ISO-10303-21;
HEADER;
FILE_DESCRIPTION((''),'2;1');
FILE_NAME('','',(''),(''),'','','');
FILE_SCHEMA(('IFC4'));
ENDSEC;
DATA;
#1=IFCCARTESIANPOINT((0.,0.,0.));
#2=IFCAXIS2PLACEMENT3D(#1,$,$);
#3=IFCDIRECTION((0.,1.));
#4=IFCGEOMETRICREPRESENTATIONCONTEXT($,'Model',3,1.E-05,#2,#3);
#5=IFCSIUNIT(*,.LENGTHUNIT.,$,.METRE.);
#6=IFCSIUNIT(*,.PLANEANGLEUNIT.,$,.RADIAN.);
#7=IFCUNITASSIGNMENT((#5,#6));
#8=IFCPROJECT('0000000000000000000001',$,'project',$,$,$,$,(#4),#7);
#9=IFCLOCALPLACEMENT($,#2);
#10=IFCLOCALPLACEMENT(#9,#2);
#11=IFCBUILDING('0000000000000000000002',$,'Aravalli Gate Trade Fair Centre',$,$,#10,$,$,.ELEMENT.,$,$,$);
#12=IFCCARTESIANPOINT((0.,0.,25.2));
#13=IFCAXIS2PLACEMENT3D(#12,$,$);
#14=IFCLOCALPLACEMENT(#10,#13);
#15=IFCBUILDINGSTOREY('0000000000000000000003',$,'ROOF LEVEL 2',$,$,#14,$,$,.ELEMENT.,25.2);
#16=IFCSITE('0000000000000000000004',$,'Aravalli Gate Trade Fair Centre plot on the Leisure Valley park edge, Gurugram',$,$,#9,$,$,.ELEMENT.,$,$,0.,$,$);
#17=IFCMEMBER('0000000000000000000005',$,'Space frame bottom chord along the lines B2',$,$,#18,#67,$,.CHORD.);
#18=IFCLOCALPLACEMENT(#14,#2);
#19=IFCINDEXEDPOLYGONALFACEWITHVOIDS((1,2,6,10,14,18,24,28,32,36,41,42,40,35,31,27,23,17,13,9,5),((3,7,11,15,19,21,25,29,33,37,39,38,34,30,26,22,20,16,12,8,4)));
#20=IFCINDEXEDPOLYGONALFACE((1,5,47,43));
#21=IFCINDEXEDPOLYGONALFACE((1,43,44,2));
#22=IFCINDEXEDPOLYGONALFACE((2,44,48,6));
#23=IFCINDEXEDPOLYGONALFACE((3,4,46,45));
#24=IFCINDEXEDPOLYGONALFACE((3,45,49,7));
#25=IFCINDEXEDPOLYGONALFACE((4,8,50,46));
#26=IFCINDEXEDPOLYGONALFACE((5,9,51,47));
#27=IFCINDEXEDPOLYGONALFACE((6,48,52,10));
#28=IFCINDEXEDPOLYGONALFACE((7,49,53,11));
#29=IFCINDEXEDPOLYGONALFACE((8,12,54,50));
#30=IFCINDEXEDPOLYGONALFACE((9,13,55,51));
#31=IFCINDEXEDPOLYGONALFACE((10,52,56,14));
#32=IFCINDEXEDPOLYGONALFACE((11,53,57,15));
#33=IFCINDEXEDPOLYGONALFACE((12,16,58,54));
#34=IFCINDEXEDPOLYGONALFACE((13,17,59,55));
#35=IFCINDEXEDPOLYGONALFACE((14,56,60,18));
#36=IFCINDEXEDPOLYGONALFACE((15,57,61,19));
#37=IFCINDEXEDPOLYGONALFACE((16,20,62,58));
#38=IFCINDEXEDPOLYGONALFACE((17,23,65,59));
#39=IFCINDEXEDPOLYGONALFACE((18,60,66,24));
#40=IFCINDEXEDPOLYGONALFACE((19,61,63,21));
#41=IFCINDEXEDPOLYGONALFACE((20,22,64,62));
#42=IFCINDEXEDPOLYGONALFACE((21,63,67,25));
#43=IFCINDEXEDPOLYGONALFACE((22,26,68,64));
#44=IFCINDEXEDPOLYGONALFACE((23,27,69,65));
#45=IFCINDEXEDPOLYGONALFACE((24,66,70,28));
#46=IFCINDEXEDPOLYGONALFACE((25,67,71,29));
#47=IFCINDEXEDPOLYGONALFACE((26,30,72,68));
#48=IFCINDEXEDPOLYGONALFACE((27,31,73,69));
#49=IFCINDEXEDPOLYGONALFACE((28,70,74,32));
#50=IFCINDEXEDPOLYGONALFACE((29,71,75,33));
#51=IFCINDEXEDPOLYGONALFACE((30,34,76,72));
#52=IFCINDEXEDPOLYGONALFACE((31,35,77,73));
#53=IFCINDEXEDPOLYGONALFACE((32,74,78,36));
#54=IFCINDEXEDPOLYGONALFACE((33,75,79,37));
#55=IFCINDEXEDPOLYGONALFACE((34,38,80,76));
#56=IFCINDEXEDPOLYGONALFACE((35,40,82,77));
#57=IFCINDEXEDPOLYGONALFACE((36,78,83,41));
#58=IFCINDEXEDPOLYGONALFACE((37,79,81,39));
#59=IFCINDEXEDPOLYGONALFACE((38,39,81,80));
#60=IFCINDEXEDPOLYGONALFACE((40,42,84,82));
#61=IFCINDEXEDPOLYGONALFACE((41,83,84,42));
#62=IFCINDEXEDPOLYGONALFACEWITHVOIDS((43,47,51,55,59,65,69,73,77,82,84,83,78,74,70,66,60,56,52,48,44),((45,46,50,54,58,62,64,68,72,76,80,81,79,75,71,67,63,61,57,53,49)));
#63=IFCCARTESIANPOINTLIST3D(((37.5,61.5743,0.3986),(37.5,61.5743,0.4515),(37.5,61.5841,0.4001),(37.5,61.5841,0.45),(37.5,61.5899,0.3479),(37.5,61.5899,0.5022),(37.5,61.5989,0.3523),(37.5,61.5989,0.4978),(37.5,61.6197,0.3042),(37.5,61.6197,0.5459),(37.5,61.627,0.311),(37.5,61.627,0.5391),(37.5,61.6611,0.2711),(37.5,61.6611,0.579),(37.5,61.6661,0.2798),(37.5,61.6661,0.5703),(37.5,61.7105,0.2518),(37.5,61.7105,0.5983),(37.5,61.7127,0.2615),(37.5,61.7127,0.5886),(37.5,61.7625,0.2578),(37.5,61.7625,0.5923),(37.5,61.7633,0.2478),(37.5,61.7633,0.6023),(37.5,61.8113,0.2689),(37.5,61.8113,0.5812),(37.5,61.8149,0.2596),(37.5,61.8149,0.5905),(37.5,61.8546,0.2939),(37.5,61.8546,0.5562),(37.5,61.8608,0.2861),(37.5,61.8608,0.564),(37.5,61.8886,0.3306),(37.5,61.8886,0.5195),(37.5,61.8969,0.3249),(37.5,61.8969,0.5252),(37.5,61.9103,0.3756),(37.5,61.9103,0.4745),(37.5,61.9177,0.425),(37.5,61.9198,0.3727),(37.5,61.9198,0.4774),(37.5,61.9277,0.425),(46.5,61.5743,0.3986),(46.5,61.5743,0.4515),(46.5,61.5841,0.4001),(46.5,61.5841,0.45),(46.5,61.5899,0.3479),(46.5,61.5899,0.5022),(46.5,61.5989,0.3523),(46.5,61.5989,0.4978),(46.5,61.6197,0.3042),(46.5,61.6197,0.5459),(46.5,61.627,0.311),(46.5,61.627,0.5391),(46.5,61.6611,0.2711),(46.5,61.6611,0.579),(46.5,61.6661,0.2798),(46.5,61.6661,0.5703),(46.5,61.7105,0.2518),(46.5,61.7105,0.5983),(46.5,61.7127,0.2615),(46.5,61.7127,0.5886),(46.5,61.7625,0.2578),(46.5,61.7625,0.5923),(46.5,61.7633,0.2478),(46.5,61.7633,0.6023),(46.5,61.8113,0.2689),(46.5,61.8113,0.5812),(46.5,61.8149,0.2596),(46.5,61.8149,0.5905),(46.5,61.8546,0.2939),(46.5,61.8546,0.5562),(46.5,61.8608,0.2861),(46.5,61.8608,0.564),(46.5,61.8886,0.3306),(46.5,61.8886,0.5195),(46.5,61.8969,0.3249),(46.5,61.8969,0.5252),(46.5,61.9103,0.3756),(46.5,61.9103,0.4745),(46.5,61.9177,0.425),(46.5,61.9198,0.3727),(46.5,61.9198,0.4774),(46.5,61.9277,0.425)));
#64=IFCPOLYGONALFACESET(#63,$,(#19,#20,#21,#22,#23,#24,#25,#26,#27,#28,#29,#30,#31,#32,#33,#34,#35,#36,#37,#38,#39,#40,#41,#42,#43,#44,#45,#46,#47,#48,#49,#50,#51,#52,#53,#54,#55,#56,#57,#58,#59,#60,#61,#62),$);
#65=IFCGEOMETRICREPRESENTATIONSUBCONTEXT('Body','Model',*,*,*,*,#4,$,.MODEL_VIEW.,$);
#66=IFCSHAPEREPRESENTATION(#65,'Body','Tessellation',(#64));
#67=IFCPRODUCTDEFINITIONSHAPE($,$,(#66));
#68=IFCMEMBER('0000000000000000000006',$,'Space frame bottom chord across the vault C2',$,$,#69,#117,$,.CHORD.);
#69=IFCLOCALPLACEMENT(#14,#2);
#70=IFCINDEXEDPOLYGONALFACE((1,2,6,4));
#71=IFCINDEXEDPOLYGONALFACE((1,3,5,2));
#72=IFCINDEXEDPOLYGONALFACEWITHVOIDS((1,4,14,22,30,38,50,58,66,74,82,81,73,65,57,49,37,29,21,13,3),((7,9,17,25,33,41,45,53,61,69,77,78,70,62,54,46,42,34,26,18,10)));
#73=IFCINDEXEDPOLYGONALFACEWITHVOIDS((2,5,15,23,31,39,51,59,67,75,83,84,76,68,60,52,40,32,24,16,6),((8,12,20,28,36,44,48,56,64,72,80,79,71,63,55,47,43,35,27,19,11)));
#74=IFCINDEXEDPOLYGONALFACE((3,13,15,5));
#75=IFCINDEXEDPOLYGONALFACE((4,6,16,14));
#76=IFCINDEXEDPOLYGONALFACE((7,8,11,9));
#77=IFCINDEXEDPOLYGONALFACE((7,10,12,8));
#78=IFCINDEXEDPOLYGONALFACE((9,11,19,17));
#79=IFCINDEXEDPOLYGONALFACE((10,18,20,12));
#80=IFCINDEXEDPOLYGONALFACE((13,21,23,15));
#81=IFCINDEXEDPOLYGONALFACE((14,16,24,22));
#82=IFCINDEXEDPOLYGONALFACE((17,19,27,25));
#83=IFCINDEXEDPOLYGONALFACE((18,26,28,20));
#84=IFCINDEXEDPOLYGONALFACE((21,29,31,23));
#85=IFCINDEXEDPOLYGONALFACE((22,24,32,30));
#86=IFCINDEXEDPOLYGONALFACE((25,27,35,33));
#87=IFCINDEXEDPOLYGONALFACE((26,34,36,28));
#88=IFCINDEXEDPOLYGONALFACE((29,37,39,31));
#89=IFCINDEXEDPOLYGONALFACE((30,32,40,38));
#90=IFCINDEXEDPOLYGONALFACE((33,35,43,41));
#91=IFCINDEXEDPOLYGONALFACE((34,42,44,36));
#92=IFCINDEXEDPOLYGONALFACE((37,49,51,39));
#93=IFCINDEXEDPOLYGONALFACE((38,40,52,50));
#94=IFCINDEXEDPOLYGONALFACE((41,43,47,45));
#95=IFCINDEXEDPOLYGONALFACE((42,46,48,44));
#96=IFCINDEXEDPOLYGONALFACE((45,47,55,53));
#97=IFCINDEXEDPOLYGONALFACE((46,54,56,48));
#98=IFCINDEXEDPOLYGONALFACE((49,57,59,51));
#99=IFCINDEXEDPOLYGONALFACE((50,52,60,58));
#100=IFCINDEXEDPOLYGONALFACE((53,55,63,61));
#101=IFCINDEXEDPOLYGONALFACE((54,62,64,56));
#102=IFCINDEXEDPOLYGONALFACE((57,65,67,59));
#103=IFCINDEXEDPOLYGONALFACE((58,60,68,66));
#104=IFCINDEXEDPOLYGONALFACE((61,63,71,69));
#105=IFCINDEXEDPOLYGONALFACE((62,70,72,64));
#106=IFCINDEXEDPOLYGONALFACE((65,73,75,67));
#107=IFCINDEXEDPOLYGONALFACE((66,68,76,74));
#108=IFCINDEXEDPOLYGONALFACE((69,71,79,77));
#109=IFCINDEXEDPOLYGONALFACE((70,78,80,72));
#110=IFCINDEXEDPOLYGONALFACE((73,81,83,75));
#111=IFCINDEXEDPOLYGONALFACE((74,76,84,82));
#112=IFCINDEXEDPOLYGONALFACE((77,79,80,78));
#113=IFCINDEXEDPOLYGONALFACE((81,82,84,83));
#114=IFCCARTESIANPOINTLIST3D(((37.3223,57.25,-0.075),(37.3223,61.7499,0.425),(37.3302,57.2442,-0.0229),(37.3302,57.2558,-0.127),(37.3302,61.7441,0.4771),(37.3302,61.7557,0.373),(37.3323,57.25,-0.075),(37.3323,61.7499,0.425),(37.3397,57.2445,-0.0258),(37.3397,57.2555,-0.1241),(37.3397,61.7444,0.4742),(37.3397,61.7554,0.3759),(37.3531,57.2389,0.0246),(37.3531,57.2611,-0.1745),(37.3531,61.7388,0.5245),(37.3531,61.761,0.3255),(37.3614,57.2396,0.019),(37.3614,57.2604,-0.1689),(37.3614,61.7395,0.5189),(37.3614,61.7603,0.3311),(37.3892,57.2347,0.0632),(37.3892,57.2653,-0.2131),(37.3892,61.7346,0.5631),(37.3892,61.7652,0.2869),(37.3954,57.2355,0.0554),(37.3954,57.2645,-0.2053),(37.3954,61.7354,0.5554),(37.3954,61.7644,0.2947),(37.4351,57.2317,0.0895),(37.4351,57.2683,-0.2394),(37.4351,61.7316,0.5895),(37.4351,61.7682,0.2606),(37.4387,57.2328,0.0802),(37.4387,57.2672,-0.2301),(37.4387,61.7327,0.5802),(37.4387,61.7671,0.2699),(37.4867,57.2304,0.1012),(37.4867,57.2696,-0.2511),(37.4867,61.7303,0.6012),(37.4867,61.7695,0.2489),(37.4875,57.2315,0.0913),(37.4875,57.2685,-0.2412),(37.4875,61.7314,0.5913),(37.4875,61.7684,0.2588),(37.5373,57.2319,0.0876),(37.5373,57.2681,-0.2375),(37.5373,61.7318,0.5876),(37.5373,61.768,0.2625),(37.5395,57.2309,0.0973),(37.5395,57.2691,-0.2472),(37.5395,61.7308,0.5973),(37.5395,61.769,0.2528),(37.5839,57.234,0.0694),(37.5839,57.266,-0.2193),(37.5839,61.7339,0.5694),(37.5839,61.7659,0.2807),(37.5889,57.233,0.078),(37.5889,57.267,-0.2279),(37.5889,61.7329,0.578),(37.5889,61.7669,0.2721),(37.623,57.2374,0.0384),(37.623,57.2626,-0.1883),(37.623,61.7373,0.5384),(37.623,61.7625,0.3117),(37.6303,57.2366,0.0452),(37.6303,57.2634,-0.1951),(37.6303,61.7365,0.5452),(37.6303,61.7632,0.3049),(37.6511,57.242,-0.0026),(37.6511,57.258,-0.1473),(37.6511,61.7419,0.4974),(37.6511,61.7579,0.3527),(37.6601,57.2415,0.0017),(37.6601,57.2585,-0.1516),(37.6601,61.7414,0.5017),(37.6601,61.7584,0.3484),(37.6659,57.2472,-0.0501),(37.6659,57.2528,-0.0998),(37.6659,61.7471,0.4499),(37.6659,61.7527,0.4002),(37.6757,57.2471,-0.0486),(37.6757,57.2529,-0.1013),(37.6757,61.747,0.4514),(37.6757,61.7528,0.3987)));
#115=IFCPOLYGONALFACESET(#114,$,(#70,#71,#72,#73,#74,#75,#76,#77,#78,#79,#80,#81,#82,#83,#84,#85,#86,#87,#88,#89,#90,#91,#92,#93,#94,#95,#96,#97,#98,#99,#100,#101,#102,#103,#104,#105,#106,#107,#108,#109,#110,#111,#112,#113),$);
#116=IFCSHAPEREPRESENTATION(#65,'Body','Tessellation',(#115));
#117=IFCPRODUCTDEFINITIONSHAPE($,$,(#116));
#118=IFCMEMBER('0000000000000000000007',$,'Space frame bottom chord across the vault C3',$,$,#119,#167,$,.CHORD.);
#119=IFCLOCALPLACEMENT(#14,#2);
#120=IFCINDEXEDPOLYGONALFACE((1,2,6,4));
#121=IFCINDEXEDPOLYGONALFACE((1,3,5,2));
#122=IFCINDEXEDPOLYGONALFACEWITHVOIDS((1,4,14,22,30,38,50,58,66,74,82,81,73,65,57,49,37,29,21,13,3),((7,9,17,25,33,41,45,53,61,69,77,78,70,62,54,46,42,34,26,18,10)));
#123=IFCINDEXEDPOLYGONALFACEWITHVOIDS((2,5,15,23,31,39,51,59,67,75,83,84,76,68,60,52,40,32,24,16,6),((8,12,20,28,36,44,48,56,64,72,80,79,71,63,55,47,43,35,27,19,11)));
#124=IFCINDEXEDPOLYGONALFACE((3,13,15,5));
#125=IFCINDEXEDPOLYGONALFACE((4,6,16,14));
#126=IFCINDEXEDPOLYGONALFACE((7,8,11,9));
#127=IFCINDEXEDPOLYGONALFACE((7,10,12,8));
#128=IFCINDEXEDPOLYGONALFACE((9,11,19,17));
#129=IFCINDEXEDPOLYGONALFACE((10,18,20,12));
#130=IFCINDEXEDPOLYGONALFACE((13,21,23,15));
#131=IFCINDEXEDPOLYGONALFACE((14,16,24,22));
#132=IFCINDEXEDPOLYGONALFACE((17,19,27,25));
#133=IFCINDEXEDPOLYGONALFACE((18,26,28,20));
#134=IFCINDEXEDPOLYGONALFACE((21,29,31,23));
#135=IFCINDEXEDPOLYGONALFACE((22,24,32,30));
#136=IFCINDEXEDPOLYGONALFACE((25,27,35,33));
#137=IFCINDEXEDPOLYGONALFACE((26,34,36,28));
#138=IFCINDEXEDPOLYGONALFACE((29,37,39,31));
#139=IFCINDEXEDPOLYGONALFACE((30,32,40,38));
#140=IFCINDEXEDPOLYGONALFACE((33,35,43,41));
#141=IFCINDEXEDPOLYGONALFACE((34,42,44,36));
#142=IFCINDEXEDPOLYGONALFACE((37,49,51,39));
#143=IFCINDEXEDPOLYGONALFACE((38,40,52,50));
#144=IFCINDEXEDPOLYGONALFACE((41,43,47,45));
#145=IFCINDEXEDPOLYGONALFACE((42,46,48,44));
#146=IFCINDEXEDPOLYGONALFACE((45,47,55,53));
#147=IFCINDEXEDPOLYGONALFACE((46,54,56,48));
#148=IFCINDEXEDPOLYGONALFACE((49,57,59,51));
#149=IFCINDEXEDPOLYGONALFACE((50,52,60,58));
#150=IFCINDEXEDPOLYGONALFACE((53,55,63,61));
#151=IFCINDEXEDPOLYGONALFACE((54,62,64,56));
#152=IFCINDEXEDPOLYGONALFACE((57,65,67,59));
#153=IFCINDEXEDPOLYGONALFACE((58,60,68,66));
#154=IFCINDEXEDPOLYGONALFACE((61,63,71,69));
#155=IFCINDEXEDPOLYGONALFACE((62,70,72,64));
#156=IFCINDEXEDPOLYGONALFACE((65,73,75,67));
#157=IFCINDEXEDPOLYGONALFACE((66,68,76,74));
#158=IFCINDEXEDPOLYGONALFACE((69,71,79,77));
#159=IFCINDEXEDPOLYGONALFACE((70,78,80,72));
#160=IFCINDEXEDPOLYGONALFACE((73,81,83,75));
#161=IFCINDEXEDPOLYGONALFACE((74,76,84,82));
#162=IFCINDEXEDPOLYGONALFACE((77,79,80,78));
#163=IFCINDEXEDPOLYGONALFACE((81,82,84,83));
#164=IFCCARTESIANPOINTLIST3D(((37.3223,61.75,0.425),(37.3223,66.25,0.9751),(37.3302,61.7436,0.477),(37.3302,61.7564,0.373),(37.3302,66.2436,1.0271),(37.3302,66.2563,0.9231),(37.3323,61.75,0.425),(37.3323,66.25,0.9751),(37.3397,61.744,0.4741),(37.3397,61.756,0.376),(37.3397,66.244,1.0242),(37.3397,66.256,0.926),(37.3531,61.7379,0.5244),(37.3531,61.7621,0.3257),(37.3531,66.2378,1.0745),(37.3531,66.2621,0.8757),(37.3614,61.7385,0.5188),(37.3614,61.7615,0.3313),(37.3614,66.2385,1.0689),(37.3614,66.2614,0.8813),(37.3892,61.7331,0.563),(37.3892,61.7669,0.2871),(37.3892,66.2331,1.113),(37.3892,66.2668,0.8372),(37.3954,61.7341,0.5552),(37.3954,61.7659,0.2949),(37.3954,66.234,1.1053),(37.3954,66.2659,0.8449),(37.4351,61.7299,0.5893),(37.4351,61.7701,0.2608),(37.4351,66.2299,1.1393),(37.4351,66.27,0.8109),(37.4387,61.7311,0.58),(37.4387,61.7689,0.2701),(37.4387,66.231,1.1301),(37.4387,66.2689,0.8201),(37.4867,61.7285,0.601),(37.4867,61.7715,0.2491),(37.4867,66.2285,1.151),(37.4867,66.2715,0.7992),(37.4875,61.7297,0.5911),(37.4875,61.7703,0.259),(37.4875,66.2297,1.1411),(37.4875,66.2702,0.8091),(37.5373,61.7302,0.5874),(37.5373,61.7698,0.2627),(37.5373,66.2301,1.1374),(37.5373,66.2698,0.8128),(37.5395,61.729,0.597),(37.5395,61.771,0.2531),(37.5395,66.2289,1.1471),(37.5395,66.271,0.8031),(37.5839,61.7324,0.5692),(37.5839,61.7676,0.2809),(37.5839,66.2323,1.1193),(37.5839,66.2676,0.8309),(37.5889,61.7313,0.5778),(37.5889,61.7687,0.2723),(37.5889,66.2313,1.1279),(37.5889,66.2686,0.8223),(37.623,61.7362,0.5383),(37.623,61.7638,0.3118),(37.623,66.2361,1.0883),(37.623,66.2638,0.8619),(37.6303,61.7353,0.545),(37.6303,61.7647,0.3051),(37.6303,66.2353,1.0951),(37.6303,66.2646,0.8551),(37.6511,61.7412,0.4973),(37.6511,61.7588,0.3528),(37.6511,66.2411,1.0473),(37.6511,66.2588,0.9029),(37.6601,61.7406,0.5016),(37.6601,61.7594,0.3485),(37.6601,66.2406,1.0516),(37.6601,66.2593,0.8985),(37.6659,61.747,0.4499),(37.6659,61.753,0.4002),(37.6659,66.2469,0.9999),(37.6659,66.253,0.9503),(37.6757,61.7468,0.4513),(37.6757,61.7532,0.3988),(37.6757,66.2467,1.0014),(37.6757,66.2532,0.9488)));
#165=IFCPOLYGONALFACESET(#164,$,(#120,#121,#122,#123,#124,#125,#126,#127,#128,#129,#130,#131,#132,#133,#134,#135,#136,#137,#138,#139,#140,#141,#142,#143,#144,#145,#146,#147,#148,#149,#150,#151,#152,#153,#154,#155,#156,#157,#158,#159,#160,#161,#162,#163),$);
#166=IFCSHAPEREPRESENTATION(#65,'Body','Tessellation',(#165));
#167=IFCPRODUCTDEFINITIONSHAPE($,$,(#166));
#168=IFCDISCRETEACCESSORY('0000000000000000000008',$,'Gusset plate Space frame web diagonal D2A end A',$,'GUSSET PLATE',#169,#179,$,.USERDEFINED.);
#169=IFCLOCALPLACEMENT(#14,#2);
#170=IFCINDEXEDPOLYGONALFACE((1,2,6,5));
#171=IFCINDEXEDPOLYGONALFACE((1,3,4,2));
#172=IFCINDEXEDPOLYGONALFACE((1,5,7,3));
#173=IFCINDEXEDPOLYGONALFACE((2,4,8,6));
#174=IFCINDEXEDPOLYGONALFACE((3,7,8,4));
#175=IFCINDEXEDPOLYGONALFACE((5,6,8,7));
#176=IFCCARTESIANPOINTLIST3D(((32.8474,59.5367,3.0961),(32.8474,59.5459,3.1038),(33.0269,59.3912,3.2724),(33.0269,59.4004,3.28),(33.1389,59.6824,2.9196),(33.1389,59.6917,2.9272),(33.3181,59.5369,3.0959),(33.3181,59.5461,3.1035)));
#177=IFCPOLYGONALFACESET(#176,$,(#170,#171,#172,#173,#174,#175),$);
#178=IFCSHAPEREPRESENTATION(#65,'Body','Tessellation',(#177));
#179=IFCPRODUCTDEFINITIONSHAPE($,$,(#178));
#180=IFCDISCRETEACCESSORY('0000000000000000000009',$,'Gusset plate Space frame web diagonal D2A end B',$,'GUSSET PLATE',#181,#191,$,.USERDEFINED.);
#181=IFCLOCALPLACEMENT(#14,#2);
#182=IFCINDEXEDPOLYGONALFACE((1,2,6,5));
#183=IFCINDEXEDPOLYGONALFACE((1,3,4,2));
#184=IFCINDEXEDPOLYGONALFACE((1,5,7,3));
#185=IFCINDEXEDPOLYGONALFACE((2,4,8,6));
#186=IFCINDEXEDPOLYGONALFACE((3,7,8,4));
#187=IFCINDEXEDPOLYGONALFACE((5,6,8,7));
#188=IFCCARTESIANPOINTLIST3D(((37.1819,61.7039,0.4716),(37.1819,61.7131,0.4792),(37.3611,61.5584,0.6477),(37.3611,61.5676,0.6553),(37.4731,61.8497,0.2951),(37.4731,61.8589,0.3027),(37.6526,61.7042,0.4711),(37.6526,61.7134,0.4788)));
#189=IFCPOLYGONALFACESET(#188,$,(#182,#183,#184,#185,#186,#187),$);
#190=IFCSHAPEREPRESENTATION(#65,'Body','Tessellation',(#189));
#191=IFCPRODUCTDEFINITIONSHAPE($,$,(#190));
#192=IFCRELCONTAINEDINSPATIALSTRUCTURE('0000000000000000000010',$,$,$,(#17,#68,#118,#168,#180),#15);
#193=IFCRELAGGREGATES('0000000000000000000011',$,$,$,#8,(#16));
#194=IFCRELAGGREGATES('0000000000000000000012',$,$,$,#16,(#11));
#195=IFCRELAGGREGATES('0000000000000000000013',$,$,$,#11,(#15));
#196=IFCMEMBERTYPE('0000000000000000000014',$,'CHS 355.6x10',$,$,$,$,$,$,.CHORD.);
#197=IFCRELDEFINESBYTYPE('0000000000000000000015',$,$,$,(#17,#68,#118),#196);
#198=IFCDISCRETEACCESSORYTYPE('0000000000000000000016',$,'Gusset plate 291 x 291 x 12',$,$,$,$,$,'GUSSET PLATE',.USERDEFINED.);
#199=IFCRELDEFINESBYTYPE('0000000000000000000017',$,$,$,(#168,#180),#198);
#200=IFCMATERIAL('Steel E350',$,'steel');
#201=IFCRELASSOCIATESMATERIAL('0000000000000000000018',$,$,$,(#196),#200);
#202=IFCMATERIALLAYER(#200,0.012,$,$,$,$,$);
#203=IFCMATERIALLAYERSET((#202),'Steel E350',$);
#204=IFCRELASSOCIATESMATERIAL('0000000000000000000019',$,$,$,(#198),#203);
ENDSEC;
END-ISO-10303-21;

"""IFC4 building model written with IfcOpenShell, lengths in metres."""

from ifc_helpers import new_model, si_unit, direction, frame, origin, origin_2d, place, context, subcontext, project, spatial, polyline, hollow_circle, outline, extrude, material, layer, layer_set, material_profile, profile_set, type_object, element, save


model = new_model("IFC4")

# Units and contexts
model_context = context("Model", 3, precision=1e-05, world=origin(), true_north=direction((0.0, 1.0)))
body_context = subcontext(model_context, "Body", "Model", "MODEL_VIEW")
ifc_project = project(units=[si_unit("LENGTHUNIT", "METRE"), si_unit("PLANEANGLEUNIT", "RADIAN")], contexts=[model_context])

# Site, building, storey
site_placement = place(None, origin())
site = spatial("IfcSite", under=ifc_project, at=site_placement, Name="Aravalli Gate Trade Fair Centre plot on the Leisure Valley park edge, Gurugram", CompositionType="ELEMENT", RefElevation=0.0)
building_placement = place(site_placement, origin())
building = spatial("IfcBuilding", under=site, at=building_placement, Name="Aravalli Gate Trade Fair Centre", CompositionType="ELEMENT")
storey_placement = place(building_placement, frame((0.0, 0.0, 25.2)))
storey = spatial("IfcBuildingStorey", under=building, at=storey_placement, Name="ROOF LEVEL 2", CompositionType="ELEMENT", Elevation=25.2)

# Members
ifc_material = material(Name="Steel E350", Category="steel")
ifc_material_profile_1 = material_profile(ifc_material, hollow_circle(Radius=0.1777, WallThickness=0.01, at=origin_2d()), Name="CHS 355.6x10")
ifc_profile_set_1 = profile_set([ifc_material_profile_1], Name="Steel E350")
member_type_1 = type_object("IfcMemberType", Name="CHS 355.6x10", PredefinedType="CHORD", material=ifc_profile_set_1)
for number, where, z_axis, x_axis, name in (
    (1, (37.5, 61.75, 0.425), (1.0, 0.0, 0.0), (0.0, 1.0, 0.0), "Space frame bottom chord along the lines B2"),
):
    element("IfcMember", number, at=place(storey_placement, frame(where, z_axis=z_axis, x_axis=x_axis)), inside=storey, type_object=member_type_1, Name=name, PredefinedType="CHORD", context=body_context, shape_type="SweptSolid", body=[
        extrude(hollow_circle(Radius=0.1777, WallThickness=0.01, at=origin_2d()), origin(), (0.0, 0.0, 1.0), 9.0),
    ])
member_1_placement = place(storey_placement, frame((37.5, 57.25, -0.075), z_axis=(0.0, 0.993884, 0.110432), x_axis=(-1.0, 0.0, 0.0)))
element("IfcMember", 2, at=member_1_placement, inside=storey, type_object=member_type_1, Name="Space frame bottom chord across the vault C2", PredefinedType="CHORD", context=body_context, shape_type="SweptSolid", body=[
    extrude(hollow_circle(Radius=0.1777, WallThickness=0.01, at=origin_2d()), origin(), (0.0, 0.0, 1.0), 4.5276),
])
member_2_placement = place(storey_placement, frame((37.5, 61.75, 0.425), z_axis=(0.0, 0.992612, 0.12133), x_axis=(-1.0, 0.0, 0.0)))
element("IfcMember", 3, at=member_2_placement, inside=storey, type_object=member_type_1, Name="Space frame bottom chord across the vault C3", PredefinedType="CHORD", context=body_context, shape_type="SweptSolid", body=[
    extrude(hollow_circle(Radius=0.1777, WallThickness=0.01, at=origin_2d()), origin(), (0.0, 0.0, 1.0), 4.5334),
])

# Discrete accessories
ifc_layer_1 = layer(ifc_material, 0.012)
ifc_layer_set_1 = layer_set([ifc_layer_1], Name="Steel E350")
discrete_accessory_type_1 = type_object("IfcDiscreteAccessoryType", Name="Gusset plate 291 x 291 x 12", ElementType="GUSSET PLATE", PredefinedType="USERDEFINED", material=ifc_layer_set_1)
discrete_accessory_1_placement = place(storey_placement, frame((33.1389, 59.6917, 2.9272), z_axis=(-0.00007, 0.771155, 0.636648), x_axis=(-0.786484, -0.393242, 0.476238)))
element("IfcDiscreteAccessory", 4, at=discrete_accessory_1_placement, inside=storey, type_object=discrete_accessory_type_1, Name="Gusset plate Space frame web diagonal D2A end A", ObjectType="GUSSET PLATE", PredefinedType="USERDEFINED", context=body_context, shape_type="SweptSolid", body=[
    extrude(outline(polyline([(0.0, 0.0), (0.3706, 0.0), (0.3707, 0.2906), (0.0002, 0.2904), (0.0, 0.0)])), origin(), (0.0, 0.0, -1.0), 0.012),
])
discrete_accessory_2_placement = place(storey_placement, frame((37.1819, 61.7131, 0.4792), z_axis=(0.000261, 0.770887, 0.636972), x_axis=(0.786233, 0.393446, -0.476485)))
element("IfcDiscreteAccessory", 5, at=discrete_accessory_2_placement, inside=storey, type_object=discrete_accessory_type_1, Name="Gusset plate Space frame web diagonal D2A end B", ObjectType="GUSSET PLATE", PredefinedType="USERDEFINED", context=body_context, shape_type="SweptSolid", body=[
    extrude(outline(polyline([(0.0, 0.0), (0.3704, 0.0), (0.3704, -0.2904), (-0.0002, -0.2903), (0.0, 0.0)])), origin(), (0.0, 0.0, -1.0), 0.012),
])

save(model, "model.ifc")
